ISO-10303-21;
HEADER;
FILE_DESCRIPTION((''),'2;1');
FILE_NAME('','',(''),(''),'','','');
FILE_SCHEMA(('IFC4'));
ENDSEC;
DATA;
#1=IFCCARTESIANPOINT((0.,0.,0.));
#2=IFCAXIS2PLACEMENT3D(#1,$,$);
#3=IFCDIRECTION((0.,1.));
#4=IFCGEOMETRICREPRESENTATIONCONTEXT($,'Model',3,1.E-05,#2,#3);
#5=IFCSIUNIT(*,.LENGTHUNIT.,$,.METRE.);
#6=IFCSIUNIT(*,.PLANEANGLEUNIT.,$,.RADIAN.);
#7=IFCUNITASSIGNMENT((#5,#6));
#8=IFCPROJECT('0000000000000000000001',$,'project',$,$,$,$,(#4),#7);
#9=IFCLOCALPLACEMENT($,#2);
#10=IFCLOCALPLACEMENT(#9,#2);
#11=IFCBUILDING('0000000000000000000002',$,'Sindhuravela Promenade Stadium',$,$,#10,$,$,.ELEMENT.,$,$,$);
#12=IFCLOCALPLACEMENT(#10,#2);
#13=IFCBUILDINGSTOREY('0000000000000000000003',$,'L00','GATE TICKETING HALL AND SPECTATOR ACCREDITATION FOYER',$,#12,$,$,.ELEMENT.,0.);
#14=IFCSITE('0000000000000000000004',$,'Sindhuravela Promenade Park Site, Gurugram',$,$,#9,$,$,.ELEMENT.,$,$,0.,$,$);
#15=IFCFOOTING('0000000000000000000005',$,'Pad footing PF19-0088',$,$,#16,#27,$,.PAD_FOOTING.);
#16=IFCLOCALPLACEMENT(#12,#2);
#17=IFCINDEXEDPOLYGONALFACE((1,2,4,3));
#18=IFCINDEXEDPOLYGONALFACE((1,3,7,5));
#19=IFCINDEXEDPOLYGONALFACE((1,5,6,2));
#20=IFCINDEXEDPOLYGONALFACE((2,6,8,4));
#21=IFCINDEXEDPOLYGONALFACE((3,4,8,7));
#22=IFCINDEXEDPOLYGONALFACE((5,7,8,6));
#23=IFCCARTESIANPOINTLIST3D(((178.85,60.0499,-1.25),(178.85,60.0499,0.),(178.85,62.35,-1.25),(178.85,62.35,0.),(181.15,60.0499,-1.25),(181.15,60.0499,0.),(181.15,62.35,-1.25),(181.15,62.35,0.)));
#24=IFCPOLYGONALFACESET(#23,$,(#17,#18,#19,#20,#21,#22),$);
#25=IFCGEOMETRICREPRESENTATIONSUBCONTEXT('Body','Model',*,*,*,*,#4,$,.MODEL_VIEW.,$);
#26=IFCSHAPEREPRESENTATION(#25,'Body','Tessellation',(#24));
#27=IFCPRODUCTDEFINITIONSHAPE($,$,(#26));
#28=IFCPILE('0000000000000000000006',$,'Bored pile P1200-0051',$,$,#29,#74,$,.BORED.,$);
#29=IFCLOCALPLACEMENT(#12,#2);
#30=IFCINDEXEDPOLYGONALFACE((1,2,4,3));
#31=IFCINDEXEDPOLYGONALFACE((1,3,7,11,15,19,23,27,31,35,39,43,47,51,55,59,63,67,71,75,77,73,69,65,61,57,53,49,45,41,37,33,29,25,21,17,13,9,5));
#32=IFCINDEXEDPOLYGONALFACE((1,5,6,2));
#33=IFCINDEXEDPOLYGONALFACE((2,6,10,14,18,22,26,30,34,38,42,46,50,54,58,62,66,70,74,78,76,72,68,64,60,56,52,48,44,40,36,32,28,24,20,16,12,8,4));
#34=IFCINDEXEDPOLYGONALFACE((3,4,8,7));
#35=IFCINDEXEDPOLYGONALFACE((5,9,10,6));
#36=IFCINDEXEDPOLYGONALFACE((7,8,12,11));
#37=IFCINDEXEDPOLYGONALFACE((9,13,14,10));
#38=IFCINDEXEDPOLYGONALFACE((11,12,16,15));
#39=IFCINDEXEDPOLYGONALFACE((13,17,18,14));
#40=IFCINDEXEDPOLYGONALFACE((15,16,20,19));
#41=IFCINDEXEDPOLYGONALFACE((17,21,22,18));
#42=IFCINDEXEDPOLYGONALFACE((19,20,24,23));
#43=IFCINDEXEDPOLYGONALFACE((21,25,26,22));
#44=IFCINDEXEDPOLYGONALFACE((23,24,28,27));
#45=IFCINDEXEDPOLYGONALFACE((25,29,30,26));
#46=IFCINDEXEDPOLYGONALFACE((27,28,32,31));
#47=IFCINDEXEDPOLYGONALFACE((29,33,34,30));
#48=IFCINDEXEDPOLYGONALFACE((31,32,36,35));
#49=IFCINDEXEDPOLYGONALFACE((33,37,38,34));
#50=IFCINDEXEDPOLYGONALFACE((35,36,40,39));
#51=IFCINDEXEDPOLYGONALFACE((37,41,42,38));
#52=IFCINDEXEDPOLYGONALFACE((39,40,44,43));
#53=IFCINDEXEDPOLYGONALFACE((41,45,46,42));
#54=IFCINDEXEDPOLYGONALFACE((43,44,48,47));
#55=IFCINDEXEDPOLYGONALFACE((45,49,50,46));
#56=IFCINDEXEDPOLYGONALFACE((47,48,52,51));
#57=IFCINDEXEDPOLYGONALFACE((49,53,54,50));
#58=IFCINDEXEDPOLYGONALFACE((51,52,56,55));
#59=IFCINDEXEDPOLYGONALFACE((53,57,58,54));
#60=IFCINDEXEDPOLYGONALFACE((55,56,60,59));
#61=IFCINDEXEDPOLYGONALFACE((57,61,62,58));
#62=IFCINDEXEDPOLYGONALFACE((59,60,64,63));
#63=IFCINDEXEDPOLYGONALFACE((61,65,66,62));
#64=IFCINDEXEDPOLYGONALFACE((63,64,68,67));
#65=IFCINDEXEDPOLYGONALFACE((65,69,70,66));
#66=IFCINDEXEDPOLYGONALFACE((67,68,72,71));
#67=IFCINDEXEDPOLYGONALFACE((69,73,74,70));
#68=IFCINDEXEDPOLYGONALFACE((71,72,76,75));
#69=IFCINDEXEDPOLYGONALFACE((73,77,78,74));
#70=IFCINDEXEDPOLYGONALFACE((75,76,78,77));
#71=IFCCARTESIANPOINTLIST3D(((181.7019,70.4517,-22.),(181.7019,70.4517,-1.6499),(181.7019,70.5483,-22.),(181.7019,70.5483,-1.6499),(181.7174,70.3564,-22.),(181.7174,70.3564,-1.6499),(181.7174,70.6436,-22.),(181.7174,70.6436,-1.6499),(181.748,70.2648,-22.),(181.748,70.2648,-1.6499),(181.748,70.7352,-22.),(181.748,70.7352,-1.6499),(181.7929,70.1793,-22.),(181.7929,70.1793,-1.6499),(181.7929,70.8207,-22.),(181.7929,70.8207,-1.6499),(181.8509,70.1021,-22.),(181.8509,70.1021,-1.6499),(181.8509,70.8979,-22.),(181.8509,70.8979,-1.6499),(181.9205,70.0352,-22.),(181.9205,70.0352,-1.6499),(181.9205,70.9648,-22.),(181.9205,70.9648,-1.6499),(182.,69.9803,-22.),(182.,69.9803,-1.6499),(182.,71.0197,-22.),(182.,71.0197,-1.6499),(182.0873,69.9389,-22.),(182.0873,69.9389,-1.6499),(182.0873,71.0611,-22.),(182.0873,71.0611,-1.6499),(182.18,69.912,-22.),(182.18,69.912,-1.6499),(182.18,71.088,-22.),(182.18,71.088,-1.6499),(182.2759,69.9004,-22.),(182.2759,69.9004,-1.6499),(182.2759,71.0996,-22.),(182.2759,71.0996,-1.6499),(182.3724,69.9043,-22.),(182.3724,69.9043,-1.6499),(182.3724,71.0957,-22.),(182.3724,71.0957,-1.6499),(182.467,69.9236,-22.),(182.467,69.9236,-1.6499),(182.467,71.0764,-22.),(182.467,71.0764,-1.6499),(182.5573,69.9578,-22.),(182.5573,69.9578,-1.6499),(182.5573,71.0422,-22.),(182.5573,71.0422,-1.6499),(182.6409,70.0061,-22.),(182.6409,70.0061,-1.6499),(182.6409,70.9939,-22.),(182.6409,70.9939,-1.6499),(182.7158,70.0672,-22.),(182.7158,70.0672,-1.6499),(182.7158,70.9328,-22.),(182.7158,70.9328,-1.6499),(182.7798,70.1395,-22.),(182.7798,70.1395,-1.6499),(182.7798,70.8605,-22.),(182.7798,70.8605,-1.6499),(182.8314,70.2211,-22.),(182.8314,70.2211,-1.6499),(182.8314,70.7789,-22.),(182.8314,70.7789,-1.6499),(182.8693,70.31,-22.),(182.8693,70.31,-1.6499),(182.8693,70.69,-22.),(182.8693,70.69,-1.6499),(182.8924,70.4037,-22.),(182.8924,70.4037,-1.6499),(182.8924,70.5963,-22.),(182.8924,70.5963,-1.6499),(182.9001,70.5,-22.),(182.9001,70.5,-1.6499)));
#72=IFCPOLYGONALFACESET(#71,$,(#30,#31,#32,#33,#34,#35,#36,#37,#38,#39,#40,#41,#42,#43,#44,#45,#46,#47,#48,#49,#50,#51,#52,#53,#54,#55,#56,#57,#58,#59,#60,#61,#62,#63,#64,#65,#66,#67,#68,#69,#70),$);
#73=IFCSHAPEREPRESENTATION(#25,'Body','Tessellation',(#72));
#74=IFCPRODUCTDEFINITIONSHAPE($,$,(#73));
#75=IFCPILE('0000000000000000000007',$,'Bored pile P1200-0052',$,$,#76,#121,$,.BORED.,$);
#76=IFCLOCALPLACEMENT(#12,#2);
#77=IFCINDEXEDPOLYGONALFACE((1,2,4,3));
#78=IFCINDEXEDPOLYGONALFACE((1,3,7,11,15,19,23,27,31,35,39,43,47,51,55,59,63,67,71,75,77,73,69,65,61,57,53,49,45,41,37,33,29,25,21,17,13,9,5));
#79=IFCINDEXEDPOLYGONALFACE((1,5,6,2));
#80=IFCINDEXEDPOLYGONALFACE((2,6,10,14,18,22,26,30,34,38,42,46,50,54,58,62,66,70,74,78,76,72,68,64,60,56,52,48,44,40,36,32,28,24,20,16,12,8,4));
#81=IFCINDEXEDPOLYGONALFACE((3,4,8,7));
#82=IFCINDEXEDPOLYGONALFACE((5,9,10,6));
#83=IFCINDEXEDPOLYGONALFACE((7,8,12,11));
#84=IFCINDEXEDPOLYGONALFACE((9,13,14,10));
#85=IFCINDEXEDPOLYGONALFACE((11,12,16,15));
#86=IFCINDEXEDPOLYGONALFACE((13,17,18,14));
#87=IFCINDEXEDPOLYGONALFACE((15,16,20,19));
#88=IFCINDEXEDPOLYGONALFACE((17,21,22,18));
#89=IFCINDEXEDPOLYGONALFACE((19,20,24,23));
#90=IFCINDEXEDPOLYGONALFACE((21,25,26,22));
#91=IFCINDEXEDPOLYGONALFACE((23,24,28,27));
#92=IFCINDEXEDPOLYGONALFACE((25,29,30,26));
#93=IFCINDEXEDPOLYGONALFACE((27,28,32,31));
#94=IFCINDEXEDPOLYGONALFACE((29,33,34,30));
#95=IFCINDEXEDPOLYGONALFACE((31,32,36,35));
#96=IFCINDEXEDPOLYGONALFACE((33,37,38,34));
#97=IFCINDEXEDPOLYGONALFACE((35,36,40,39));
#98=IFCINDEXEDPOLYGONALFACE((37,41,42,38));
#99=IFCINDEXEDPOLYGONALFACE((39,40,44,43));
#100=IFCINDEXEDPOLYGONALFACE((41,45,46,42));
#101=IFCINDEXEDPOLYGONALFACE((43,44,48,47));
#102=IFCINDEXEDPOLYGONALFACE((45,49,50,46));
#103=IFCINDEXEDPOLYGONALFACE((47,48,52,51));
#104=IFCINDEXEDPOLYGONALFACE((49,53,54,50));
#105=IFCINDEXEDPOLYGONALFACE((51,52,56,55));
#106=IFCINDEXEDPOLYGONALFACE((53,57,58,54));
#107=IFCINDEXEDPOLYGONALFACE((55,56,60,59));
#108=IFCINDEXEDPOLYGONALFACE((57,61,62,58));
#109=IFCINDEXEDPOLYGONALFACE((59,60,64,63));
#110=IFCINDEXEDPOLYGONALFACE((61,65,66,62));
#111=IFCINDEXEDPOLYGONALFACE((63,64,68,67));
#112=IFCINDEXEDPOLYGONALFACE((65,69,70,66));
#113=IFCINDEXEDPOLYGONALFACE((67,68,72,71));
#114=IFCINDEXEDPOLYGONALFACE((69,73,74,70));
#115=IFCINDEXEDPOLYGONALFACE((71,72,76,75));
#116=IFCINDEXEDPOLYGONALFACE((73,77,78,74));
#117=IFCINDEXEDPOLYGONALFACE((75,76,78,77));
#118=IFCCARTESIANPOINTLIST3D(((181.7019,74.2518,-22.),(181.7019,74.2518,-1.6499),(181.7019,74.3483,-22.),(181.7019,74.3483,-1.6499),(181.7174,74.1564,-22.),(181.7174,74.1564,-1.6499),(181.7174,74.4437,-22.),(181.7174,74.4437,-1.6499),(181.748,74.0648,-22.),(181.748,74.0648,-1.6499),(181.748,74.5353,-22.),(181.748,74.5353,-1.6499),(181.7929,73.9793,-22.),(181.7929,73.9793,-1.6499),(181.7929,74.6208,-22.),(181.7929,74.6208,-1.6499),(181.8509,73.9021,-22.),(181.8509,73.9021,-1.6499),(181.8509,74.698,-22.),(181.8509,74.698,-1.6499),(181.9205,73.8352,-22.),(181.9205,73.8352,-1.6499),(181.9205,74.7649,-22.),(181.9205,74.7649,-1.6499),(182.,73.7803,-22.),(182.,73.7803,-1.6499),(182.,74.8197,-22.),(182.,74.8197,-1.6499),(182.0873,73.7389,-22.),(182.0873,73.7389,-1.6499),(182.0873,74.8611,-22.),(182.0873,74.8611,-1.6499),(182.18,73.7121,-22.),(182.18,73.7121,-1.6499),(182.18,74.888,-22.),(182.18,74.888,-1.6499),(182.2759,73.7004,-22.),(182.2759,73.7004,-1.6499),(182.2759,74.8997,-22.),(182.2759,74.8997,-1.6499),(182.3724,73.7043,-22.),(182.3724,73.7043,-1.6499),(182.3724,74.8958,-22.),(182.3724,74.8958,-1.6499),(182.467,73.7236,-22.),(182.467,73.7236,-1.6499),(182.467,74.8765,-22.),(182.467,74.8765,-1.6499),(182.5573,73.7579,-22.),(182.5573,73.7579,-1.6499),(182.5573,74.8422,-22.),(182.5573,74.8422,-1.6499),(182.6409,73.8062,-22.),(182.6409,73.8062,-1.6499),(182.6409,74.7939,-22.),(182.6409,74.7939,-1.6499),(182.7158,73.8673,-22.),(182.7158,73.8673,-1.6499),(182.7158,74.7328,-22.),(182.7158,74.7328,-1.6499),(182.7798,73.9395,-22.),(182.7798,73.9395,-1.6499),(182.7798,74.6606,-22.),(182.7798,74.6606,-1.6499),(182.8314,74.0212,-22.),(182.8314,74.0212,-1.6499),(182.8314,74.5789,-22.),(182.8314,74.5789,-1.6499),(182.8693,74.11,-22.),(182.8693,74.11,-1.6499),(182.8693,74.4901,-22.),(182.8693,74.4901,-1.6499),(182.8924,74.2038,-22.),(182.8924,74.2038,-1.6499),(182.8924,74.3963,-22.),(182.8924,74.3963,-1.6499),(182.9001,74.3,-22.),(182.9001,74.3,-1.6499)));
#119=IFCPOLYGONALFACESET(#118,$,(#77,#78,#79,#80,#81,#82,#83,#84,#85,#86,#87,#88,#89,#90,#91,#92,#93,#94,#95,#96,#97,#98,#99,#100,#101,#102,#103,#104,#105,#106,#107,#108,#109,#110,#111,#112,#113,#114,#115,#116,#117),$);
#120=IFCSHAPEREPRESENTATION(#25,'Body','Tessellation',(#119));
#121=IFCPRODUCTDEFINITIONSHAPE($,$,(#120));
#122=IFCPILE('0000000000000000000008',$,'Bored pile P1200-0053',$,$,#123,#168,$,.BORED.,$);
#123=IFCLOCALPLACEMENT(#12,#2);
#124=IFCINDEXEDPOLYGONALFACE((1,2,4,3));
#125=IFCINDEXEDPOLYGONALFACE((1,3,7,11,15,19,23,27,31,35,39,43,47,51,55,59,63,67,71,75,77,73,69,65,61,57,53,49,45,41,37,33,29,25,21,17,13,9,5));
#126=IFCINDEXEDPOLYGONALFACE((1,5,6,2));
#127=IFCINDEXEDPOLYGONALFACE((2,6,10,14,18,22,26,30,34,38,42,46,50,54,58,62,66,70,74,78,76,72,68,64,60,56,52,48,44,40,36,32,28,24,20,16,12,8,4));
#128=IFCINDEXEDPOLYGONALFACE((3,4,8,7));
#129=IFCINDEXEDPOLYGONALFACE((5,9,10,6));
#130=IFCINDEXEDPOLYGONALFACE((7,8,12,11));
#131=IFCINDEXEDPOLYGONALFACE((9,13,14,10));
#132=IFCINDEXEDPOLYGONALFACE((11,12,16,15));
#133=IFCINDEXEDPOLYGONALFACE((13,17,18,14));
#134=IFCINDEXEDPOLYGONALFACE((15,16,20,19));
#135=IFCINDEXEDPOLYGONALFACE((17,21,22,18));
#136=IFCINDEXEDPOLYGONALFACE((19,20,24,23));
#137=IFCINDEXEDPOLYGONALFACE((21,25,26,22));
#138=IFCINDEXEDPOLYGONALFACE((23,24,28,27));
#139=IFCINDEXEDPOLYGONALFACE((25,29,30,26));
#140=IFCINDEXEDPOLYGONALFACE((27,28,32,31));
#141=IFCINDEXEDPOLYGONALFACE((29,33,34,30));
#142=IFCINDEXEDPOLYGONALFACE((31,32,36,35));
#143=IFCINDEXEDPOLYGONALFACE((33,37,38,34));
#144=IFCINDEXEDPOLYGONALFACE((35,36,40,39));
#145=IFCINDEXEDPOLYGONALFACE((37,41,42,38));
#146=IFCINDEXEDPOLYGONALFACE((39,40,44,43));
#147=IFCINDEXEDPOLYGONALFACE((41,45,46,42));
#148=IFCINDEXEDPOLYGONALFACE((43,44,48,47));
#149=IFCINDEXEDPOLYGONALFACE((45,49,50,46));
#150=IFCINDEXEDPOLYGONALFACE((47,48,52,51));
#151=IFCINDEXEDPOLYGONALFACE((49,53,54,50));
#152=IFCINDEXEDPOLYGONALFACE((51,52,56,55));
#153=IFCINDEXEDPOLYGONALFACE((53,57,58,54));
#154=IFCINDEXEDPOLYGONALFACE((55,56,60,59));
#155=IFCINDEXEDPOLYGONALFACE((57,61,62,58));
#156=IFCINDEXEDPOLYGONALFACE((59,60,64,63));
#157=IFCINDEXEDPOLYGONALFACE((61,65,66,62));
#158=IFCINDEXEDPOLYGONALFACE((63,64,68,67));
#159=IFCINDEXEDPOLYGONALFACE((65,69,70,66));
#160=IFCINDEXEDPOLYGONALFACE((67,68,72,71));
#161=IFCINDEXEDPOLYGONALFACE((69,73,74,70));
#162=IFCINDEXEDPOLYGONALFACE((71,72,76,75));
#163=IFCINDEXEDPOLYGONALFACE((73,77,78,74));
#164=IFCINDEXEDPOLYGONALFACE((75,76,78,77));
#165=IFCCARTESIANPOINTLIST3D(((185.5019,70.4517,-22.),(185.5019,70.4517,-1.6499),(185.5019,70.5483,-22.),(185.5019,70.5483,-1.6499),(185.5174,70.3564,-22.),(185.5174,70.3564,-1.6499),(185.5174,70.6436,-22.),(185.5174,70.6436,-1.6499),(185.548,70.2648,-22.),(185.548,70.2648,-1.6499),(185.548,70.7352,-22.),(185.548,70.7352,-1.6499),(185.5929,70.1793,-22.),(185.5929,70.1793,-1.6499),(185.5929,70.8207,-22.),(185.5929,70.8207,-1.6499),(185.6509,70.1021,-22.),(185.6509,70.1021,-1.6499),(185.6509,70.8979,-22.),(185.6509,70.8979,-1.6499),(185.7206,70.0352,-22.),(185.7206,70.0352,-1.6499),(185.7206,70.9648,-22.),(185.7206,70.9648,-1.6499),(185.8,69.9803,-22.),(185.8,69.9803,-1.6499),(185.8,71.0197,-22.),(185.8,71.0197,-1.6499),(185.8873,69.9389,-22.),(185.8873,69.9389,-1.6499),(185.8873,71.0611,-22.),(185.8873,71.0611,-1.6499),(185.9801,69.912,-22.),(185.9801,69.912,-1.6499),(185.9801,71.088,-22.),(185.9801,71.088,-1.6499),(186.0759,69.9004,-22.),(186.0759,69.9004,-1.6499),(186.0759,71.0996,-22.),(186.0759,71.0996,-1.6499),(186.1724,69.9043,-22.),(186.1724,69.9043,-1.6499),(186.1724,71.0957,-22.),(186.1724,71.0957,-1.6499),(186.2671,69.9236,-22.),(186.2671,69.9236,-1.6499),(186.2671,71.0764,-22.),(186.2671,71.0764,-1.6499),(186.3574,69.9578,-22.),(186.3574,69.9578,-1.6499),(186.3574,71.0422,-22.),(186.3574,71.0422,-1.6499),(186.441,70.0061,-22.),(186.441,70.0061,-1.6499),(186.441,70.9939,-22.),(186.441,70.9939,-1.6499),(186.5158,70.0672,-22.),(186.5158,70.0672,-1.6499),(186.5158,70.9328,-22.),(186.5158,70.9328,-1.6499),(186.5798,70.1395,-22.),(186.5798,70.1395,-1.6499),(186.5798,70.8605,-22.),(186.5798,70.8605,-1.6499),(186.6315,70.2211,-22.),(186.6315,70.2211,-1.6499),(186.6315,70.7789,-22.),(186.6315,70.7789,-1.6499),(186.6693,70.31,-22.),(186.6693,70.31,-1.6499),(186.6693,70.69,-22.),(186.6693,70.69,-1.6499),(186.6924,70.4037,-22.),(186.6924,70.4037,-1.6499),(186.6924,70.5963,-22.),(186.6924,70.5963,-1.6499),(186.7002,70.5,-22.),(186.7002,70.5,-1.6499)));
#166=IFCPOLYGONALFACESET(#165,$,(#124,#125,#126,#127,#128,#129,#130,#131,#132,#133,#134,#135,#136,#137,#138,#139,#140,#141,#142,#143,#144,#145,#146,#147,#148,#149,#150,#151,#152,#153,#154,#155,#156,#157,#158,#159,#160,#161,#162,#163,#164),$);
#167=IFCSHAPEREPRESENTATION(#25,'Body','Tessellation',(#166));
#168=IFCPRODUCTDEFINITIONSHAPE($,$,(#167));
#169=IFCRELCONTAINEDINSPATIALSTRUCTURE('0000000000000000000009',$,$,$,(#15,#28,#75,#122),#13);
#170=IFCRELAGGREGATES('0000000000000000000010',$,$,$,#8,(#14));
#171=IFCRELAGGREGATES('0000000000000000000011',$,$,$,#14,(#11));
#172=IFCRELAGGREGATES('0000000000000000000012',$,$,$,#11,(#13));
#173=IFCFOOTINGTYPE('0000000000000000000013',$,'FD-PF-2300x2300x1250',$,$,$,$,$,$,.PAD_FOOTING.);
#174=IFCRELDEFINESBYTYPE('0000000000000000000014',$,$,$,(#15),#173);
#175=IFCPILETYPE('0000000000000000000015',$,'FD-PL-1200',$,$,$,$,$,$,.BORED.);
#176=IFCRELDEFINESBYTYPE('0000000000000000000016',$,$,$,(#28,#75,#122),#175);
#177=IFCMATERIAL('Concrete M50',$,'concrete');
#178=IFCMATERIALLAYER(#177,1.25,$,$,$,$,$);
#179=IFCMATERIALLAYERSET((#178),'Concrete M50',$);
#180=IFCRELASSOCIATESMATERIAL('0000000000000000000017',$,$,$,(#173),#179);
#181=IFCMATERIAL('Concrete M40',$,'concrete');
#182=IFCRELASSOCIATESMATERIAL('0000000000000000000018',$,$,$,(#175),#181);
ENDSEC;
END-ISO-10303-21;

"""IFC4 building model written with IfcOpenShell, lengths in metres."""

from ifc_helpers import new_model, si_unit, direction, frame, origin, origin_2d, place, context, subcontext, project, spatial, rectangle, circle, extrude, material, layer, layer_set, material_profile, profile_set, type_object, element, save


model = new_model("IFC4")

# Units and contexts
model_context = context("Model", 3, precision=1e-05, world=origin(), true_north=direction((0.0, 1.0)))
body_context = subcontext(model_context, "Body", "Model", "MODEL_VIEW")
ifc_project = project(units=[si_unit("LENGTHUNIT", "METRE"), si_unit("PLANEANGLEUNIT", "RADIAN")], contexts=[model_context])

# Site, building, storey
site_placement = place(None, origin())
site = spatial("IfcSite", under=ifc_project, at=site_placement, Name="Sindhuravela Promenade Park Site, Gurugram", CompositionType="ELEMENT", RefElevation=0.0)
building_placement = place(site_placement, origin())
building = spatial("IfcBuilding", under=site, at=building_placement, Name="Sindhuravela Promenade Stadium", CompositionType="ELEMENT")
storey_placement = place(building_placement, origin())
storey = spatial("IfcBuildingStorey", under=building, at=storey_placement, Name="L00", Description="GATE TICKETING HALL AND SPECTATOR ACCREDITATION FOYER", CompositionType="ELEMENT", Elevation=0.0)

# Footing
ifc_material_1 = material(Name="Concrete M50", Category="concrete")
ifc_layer_1 = layer(ifc_material_1, 1.25)
ifc_layer_set_1 = layer_set([ifc_layer_1], Name="Concrete M50")
footing_type = type_object("IfcFootingType", Name="FD-PF-2300x2300x1250", PredefinedType="PAD_FOOTING", material=ifc_layer_set_1)
footing_placement = place(storey_placement, frame((180.0, 61.2, -1.25), z_axis=(0.0, 0.0, 1.0), x_axis=(1.0, 0.0, 0.0)))
element("IfcFooting", 1, at=footing_placement, inside=storey, type_object=footing_type, Name="Pad footing PF19-0088", PredefinedType="PAD_FOOTING", context=body_context, shape_type="SweptSolid", body=[
    extrude(rectangle(XDim=2.3, YDim=2.3, at=origin_2d()), origin(), (0.0, 0.0, 1.0), 1.25),
])

# Piles
ifc_material_2 = material(Name="Concrete M40", Category="concrete")
ifc_material_profile_1 = material_profile(ifc_material_2, circle(Radius=0.6001, at=origin_2d()), Name="BORED PILE D1200")
ifc_profile_set_1 = profile_set([ifc_material_profile_1], Name="Concrete M40")
pile_type = type_object("IfcPileType", Name="FD-PL-1200", PredefinedType="BORED", material=ifc_profile_set_1)
for number, where, z_axis, x_axis, name in (
    (2, (182.3, 70.5, -1.6499), (0.0, 0.0, -1.0), (1.0, 0.0, 0.0), "Bored pile P1200-0051"),
    (3, (182.3, 74.3, -1.6499), (0.0, 0.0, -1.0), (1.0, 0.0, 0.0), "Bored pile P1200-0052"),
    (4, (186.1001, 70.5, -1.6499), (0.0, 0.0, -1.0), (1.0, 0.0, 0.0), "Bored pile P1200-0053"),
):
    element("IfcPile", number, at=place(storey_placement, frame(where, z_axis=z_axis, x_axis=x_axis)), inside=storey, type_object=pile_type, Name=name, PredefinedType="BORED", context=body_context, shape_type="SweptSolid", body=[
        extrude(circle(Radius=0.6001, at=origin_2d()), origin(), (0.0, 0.0, 1.0), 20.3501),
    ])

save(model, "model.ifc")
